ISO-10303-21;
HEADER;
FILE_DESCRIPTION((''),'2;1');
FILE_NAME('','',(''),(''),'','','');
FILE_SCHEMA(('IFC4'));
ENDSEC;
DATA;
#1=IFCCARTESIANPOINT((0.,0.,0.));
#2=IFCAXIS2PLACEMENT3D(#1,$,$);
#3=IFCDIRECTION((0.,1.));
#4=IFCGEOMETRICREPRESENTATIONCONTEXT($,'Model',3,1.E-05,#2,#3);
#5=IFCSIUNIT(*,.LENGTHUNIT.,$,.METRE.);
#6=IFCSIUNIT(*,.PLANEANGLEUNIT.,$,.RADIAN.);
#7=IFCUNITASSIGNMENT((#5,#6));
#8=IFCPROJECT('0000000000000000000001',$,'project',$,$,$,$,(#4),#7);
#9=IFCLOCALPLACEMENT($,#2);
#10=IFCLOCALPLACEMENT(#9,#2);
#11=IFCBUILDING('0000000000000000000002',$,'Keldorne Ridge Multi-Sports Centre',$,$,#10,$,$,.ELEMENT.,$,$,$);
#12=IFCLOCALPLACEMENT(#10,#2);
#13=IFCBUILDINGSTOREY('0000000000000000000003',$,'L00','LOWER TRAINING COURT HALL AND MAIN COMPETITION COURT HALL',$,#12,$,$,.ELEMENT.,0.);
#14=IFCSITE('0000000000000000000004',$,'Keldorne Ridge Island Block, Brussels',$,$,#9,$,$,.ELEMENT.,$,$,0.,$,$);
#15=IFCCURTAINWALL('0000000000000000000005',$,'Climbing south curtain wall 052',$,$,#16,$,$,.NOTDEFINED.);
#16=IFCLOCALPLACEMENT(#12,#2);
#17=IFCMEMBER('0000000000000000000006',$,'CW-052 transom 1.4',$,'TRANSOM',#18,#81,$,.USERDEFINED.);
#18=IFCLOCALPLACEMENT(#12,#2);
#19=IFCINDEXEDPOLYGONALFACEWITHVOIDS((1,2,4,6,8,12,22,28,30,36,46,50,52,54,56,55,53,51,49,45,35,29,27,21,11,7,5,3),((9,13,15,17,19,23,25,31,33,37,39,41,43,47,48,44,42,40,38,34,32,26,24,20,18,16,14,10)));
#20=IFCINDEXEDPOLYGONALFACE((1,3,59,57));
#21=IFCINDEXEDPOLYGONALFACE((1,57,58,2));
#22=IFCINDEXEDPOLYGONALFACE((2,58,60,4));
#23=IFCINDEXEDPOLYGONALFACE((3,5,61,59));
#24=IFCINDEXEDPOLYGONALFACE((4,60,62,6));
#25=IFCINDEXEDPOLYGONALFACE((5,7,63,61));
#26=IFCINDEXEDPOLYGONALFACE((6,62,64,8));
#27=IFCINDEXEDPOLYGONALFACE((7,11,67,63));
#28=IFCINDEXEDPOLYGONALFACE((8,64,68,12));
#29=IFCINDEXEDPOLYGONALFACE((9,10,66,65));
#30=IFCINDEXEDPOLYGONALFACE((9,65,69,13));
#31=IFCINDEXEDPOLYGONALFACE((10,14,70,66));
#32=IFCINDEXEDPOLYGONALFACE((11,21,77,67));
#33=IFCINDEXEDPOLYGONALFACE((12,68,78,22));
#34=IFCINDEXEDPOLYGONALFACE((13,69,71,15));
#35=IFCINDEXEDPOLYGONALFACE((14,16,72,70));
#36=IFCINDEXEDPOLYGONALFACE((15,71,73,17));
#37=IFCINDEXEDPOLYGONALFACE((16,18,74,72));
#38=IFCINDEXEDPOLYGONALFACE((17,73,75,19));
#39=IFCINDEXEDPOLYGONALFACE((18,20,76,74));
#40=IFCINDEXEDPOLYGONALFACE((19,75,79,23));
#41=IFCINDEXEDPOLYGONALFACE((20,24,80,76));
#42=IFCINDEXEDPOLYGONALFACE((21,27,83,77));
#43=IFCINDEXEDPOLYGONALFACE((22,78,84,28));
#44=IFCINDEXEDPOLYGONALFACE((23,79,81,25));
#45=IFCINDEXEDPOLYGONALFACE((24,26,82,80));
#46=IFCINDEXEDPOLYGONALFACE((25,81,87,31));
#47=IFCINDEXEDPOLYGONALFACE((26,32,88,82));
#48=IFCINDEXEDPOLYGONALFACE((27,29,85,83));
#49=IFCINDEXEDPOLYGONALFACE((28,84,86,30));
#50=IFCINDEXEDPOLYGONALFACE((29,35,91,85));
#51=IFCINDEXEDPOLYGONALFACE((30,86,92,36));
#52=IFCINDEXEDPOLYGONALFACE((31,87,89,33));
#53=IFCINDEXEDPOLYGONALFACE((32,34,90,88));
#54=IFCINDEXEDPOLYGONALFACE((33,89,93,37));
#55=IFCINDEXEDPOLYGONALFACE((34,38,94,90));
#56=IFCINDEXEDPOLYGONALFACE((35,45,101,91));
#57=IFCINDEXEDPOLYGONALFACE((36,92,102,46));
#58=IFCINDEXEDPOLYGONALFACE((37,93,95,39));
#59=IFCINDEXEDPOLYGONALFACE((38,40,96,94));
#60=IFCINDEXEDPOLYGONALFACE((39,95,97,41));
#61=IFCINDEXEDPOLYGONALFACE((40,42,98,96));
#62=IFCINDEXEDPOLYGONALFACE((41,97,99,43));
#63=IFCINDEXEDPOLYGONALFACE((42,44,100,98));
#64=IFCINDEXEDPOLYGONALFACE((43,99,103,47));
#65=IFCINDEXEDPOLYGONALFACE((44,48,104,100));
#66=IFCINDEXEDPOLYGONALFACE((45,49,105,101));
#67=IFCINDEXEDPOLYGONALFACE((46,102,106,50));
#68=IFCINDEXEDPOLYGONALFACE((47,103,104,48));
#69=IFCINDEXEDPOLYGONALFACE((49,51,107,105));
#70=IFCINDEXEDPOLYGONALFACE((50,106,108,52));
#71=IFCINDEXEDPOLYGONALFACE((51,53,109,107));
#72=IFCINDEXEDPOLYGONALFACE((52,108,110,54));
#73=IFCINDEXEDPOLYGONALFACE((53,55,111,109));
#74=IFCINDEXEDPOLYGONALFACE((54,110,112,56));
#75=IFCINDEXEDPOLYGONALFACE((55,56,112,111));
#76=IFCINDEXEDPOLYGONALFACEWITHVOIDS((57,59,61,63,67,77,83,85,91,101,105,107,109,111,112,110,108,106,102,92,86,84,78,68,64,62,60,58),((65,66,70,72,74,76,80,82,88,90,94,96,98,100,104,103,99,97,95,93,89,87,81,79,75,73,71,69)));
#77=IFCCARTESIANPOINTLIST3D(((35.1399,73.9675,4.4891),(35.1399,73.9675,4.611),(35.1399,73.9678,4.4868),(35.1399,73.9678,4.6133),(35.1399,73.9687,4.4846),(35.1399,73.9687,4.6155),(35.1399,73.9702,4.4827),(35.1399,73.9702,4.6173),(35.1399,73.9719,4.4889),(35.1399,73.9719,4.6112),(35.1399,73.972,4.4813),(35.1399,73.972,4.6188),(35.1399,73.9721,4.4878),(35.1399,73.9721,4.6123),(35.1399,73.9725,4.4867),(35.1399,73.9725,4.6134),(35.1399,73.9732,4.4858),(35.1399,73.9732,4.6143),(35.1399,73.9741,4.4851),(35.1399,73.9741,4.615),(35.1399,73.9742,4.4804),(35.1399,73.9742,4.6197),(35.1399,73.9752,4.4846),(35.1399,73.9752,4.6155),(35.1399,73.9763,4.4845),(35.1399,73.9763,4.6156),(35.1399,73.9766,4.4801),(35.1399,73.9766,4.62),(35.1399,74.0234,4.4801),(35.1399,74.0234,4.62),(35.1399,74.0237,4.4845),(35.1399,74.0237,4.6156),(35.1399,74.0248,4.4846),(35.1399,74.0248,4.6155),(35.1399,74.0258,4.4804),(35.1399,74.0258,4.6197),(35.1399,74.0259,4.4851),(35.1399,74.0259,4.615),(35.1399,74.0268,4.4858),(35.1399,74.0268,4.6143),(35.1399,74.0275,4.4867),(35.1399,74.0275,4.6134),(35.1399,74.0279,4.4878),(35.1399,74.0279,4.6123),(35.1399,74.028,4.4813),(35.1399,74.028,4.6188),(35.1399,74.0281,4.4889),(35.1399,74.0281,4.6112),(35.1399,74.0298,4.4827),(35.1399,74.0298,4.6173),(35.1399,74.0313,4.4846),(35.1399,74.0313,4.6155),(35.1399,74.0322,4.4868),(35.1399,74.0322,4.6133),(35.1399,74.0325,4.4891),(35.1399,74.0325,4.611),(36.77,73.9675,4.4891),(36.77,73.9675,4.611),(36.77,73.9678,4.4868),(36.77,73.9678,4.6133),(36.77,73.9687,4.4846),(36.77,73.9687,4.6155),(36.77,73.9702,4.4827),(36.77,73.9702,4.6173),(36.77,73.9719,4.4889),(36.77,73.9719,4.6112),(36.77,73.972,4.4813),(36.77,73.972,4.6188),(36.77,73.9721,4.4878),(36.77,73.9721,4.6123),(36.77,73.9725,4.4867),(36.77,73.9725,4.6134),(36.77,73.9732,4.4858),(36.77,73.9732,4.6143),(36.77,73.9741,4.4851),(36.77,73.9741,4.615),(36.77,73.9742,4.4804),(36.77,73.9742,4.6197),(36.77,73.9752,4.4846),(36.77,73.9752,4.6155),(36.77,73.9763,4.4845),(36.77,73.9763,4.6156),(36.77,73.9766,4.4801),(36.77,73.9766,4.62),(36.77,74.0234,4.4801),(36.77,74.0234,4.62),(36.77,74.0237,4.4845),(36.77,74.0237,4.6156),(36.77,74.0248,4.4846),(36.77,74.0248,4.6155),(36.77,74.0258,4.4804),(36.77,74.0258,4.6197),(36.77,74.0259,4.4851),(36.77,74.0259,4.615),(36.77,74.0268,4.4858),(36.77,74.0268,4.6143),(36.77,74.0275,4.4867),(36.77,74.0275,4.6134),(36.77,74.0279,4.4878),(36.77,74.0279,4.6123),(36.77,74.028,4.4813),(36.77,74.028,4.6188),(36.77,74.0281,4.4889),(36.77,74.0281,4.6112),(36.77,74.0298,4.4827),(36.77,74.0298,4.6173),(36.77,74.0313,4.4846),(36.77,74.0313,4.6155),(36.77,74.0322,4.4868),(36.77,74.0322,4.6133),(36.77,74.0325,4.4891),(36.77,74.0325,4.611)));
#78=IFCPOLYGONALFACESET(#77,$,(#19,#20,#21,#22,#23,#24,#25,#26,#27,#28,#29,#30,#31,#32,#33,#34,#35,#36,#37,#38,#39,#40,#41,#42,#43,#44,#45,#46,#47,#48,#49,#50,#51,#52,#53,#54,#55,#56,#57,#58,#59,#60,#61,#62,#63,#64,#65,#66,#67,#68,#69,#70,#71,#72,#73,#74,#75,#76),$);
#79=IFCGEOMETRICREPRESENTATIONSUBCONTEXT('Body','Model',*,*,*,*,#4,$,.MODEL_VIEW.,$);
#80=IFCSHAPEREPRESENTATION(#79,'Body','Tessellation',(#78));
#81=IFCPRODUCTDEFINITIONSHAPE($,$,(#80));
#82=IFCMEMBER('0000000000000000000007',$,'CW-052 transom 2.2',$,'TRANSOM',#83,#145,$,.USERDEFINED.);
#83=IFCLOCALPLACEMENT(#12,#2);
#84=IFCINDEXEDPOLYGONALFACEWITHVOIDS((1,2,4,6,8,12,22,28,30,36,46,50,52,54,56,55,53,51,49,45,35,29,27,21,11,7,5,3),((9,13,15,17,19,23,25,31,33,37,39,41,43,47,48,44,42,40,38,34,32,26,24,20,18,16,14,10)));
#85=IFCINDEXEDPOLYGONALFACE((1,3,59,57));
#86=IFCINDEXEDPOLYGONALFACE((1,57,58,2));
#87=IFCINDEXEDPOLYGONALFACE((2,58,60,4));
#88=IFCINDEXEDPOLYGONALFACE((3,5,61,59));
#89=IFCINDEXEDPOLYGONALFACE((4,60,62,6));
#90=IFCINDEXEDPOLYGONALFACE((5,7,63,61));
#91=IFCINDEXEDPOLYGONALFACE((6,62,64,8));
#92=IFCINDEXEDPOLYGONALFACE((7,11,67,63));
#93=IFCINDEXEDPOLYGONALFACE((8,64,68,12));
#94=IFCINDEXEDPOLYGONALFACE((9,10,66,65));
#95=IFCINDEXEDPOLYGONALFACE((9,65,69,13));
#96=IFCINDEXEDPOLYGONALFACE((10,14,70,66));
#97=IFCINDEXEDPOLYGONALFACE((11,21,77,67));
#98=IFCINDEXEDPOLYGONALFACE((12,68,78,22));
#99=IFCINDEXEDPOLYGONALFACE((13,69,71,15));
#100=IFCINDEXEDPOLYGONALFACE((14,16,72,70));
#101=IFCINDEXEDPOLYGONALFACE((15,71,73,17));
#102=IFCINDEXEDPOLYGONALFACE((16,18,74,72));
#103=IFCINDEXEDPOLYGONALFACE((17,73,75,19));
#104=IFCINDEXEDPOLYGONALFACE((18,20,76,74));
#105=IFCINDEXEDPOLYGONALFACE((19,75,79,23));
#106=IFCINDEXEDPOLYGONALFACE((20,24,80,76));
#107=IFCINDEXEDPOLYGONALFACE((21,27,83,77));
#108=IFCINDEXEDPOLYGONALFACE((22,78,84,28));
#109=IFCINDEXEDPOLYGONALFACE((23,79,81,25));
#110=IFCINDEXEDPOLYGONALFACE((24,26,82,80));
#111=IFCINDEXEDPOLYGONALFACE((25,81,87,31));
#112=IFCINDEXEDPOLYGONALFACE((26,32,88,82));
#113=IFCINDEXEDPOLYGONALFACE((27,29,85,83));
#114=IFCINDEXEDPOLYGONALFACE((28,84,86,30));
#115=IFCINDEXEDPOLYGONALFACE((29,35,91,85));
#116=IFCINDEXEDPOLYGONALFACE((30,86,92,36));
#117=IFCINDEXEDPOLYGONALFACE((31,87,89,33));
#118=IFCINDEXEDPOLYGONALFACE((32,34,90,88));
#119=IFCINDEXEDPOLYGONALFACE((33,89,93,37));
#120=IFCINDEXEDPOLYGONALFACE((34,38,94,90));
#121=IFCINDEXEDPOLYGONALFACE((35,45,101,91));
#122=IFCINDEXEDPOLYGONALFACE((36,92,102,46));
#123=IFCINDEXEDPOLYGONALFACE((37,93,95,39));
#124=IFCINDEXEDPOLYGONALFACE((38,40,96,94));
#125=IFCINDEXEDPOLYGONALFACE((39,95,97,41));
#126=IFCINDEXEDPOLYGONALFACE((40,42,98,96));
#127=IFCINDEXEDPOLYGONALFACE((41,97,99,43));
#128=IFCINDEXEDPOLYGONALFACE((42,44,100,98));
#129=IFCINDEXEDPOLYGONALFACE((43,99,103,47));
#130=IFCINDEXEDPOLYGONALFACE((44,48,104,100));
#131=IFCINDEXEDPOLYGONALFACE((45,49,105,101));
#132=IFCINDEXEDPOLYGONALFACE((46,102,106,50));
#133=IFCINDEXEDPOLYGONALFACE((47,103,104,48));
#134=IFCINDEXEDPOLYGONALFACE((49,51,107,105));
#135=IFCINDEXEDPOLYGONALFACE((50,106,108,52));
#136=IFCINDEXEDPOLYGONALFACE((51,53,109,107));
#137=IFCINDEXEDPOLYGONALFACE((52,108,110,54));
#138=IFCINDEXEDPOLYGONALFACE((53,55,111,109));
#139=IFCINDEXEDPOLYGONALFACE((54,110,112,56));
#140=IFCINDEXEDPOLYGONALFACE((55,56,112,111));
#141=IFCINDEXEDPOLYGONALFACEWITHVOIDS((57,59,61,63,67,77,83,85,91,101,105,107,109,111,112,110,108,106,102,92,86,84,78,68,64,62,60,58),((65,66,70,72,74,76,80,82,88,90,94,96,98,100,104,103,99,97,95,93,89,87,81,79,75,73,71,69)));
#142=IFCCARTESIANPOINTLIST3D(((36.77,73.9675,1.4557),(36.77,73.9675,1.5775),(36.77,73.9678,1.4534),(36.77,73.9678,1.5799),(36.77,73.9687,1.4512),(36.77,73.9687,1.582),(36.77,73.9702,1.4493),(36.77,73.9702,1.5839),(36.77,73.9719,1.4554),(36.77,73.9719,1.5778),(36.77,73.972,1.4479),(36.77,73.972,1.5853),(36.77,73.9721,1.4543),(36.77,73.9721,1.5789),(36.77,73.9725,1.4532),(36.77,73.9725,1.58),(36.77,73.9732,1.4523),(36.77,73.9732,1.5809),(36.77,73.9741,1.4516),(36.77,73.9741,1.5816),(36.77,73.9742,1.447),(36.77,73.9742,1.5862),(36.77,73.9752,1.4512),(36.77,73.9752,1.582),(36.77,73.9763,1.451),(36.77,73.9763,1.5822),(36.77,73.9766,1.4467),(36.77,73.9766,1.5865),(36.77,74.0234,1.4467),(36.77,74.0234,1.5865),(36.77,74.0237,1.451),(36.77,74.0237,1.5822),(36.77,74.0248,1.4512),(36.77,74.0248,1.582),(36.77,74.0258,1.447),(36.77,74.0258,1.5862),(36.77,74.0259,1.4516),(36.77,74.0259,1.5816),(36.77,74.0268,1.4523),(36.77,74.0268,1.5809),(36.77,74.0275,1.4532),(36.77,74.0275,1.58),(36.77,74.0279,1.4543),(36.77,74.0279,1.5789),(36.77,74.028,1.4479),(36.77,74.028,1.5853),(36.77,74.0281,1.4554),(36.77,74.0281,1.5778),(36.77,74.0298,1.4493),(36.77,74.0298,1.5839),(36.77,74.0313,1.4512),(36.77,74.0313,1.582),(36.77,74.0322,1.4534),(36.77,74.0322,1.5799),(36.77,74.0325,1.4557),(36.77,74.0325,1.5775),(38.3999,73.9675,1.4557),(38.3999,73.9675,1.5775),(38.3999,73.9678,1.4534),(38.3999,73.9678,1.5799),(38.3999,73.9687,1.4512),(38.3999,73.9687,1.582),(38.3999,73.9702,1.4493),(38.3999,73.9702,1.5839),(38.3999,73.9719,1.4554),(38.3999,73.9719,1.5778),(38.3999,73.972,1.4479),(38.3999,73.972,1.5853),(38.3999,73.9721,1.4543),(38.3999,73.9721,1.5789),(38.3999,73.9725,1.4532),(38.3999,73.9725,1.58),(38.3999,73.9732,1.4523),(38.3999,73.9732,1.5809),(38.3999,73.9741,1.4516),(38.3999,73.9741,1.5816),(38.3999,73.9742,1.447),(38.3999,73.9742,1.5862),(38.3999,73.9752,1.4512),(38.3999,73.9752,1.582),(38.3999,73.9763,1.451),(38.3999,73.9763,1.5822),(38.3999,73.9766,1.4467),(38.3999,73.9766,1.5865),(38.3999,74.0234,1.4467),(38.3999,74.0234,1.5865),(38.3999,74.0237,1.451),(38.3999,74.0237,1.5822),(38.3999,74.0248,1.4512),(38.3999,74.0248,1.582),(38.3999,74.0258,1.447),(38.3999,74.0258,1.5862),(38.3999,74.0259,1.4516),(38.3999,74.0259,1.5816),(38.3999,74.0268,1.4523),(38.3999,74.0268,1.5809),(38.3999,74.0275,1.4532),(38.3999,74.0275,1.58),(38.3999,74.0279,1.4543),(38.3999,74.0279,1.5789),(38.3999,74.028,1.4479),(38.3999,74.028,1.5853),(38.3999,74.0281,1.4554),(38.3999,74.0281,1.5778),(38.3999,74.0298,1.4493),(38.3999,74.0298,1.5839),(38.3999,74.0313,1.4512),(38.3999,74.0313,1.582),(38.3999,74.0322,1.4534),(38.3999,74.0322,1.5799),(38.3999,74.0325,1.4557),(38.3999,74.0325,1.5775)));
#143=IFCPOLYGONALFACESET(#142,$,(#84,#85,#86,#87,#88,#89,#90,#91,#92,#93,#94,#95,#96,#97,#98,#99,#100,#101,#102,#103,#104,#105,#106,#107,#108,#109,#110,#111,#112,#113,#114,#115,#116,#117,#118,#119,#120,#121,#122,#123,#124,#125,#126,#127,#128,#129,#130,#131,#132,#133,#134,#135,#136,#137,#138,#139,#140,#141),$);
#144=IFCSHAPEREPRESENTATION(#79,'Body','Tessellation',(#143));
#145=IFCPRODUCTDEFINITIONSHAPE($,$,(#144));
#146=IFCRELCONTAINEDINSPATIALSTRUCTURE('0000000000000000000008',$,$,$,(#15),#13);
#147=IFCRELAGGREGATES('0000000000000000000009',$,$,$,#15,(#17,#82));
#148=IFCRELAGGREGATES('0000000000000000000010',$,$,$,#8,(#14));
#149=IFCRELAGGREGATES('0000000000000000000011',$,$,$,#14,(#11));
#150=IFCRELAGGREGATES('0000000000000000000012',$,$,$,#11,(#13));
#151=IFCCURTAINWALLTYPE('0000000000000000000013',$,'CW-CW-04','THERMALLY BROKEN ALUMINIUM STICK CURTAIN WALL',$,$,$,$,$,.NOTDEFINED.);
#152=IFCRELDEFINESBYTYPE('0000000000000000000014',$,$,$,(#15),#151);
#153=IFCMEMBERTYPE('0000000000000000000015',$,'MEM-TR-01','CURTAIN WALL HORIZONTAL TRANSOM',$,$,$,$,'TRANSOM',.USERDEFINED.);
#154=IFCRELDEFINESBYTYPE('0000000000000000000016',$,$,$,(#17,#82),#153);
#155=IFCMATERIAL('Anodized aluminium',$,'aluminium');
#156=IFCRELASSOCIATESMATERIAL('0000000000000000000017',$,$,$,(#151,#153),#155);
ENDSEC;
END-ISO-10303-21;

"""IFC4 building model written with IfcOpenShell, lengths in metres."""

from ifc_helpers import new_model, si_unit, direction, frame, origin, origin_2d, place, context, subcontext, project, spatial, hollow_rectangle, extrude, material, material_profile, profile_set, type_object, element, aggregate, save


model = new_model("IFC4")

# Units and contexts
model_context = context("Model", 3, precision=1e-05, world=origin(), true_north=direction((0.0, 1.0)))
body_context = subcontext(model_context, "Body", "Model", "MODEL_VIEW")
ifc_project = project(units=[si_unit("LENGTHUNIT", "METRE"), si_unit("PLANEANGLEUNIT", "RADIAN")], contexts=[model_context])

# Site, building, storey
site_placement = place(None, origin())
site = spatial("IfcSite", under=ifc_project, at=site_placement, Name="Keldorne Ridge Island Block, Brussels", CompositionType="ELEMENT", RefElevation=0.0)
building_placement = place(site_placement, origin())
building = spatial("IfcBuilding", under=site, at=building_placement, Name="Keldorne Ridge Multi-Sports Centre", CompositionType="ELEMENT")
storey_placement = place(building_placement, origin())
storey = spatial("IfcBuildingStorey", under=building, at=storey_placement, Name="L00", Description="LOWER TRAINING COURT HALL AND MAIN COMPETITION COURT HALL", CompositionType="ELEMENT", Elevation=0.0)

# Curtain wall, members
ifc_material_1 = material(Name="Anodized aluminium", Category="aluminium")
curtain_wall_type_1 = type_object("IfcCurtainWallType", Name="CW-CW-04", Description="THERMALLY BROKEN ALUMINIUM STICK CURTAIN WALL", PredefinedType="NOTDEFINED", material=ifc_material_1)
curtain_wall_1_placement = place(storey_placement, origin())
curtain_wall_1 = element("IfcCurtainWall", 1, at=curtain_wall_1_placement, inside=storey, type_object=curtain_wall_type_1, Name="Climbing south curtain wall 052", PredefinedType="NOTDEFINED")
ifc_material_profile = material_profile(ifc_material_1, hollow_rectangle(XDim=0.0649, YDim=0.1399, WallThickness=0.0044, InnerFilletRadius=0.0044, OuterFilletRadius=0.009, at=origin_2d()), Name="ALU TRANSOM 140x65x4.5")
ifc_profile_set = profile_set([ifc_material_profile], Name="Anodized aluminium")
member_type = type_object("IfcMemberType", Name="MEM-TR-01", Description="CURTAIN WALL HORIZONTAL TRANSOM", ElementType="TRANSOM", PredefinedType="USERDEFINED", material=ifc_profile_set)
member_1_placement = place(storey_placement, frame((35.1399, 74.0, 4.55), z_axis=(1.0, 0.0, 0.0), x_axis=(0.0, 1.0, 0.0)))
member_1 = element("IfcMember", 2, at=member_1_placement, type_object=member_type, Name="CW-052 transom 1.4", ObjectType="TRANSOM", PredefinedType="USERDEFINED", context=body_context, shape_type="SweptSolid", body=[
    extrude(hollow_rectangle(XDim=0.0649, YDim=0.1399, WallThickness=0.0044, InnerFilletRadius=0.0044, OuterFilletRadius=0.009, at=origin_2d()), origin(), (0.0, 0.0, 1.0), 1.6301),
])
member_2_placement = place(storey_placement, frame((36.77, 74.0, 1.5166), z_axis=(1.0, 0.0, 0.0), x_axis=(0.0, 1.0, 0.0)))
member_2 = element("IfcMember", 3, at=member_2_placement, type_object=member_type, Name="CW-052 transom 2.2", ObjectType="TRANSOM", PredefinedType="USERDEFINED", context=body_context, shape_type="SweptSolid", body=[
    extrude(hollow_rectangle(XDim=0.0649, YDim=0.1399, WallThickness=0.0044, InnerFilletRadius=0.0044, OuterFilletRadius=0.009, at=origin_2d()), origin(), (0.0, 0.0, 1.0), 1.6299),
])

aggregate(curtain_wall_1, [member_1, member_2])

save(model, "model.ifc")
